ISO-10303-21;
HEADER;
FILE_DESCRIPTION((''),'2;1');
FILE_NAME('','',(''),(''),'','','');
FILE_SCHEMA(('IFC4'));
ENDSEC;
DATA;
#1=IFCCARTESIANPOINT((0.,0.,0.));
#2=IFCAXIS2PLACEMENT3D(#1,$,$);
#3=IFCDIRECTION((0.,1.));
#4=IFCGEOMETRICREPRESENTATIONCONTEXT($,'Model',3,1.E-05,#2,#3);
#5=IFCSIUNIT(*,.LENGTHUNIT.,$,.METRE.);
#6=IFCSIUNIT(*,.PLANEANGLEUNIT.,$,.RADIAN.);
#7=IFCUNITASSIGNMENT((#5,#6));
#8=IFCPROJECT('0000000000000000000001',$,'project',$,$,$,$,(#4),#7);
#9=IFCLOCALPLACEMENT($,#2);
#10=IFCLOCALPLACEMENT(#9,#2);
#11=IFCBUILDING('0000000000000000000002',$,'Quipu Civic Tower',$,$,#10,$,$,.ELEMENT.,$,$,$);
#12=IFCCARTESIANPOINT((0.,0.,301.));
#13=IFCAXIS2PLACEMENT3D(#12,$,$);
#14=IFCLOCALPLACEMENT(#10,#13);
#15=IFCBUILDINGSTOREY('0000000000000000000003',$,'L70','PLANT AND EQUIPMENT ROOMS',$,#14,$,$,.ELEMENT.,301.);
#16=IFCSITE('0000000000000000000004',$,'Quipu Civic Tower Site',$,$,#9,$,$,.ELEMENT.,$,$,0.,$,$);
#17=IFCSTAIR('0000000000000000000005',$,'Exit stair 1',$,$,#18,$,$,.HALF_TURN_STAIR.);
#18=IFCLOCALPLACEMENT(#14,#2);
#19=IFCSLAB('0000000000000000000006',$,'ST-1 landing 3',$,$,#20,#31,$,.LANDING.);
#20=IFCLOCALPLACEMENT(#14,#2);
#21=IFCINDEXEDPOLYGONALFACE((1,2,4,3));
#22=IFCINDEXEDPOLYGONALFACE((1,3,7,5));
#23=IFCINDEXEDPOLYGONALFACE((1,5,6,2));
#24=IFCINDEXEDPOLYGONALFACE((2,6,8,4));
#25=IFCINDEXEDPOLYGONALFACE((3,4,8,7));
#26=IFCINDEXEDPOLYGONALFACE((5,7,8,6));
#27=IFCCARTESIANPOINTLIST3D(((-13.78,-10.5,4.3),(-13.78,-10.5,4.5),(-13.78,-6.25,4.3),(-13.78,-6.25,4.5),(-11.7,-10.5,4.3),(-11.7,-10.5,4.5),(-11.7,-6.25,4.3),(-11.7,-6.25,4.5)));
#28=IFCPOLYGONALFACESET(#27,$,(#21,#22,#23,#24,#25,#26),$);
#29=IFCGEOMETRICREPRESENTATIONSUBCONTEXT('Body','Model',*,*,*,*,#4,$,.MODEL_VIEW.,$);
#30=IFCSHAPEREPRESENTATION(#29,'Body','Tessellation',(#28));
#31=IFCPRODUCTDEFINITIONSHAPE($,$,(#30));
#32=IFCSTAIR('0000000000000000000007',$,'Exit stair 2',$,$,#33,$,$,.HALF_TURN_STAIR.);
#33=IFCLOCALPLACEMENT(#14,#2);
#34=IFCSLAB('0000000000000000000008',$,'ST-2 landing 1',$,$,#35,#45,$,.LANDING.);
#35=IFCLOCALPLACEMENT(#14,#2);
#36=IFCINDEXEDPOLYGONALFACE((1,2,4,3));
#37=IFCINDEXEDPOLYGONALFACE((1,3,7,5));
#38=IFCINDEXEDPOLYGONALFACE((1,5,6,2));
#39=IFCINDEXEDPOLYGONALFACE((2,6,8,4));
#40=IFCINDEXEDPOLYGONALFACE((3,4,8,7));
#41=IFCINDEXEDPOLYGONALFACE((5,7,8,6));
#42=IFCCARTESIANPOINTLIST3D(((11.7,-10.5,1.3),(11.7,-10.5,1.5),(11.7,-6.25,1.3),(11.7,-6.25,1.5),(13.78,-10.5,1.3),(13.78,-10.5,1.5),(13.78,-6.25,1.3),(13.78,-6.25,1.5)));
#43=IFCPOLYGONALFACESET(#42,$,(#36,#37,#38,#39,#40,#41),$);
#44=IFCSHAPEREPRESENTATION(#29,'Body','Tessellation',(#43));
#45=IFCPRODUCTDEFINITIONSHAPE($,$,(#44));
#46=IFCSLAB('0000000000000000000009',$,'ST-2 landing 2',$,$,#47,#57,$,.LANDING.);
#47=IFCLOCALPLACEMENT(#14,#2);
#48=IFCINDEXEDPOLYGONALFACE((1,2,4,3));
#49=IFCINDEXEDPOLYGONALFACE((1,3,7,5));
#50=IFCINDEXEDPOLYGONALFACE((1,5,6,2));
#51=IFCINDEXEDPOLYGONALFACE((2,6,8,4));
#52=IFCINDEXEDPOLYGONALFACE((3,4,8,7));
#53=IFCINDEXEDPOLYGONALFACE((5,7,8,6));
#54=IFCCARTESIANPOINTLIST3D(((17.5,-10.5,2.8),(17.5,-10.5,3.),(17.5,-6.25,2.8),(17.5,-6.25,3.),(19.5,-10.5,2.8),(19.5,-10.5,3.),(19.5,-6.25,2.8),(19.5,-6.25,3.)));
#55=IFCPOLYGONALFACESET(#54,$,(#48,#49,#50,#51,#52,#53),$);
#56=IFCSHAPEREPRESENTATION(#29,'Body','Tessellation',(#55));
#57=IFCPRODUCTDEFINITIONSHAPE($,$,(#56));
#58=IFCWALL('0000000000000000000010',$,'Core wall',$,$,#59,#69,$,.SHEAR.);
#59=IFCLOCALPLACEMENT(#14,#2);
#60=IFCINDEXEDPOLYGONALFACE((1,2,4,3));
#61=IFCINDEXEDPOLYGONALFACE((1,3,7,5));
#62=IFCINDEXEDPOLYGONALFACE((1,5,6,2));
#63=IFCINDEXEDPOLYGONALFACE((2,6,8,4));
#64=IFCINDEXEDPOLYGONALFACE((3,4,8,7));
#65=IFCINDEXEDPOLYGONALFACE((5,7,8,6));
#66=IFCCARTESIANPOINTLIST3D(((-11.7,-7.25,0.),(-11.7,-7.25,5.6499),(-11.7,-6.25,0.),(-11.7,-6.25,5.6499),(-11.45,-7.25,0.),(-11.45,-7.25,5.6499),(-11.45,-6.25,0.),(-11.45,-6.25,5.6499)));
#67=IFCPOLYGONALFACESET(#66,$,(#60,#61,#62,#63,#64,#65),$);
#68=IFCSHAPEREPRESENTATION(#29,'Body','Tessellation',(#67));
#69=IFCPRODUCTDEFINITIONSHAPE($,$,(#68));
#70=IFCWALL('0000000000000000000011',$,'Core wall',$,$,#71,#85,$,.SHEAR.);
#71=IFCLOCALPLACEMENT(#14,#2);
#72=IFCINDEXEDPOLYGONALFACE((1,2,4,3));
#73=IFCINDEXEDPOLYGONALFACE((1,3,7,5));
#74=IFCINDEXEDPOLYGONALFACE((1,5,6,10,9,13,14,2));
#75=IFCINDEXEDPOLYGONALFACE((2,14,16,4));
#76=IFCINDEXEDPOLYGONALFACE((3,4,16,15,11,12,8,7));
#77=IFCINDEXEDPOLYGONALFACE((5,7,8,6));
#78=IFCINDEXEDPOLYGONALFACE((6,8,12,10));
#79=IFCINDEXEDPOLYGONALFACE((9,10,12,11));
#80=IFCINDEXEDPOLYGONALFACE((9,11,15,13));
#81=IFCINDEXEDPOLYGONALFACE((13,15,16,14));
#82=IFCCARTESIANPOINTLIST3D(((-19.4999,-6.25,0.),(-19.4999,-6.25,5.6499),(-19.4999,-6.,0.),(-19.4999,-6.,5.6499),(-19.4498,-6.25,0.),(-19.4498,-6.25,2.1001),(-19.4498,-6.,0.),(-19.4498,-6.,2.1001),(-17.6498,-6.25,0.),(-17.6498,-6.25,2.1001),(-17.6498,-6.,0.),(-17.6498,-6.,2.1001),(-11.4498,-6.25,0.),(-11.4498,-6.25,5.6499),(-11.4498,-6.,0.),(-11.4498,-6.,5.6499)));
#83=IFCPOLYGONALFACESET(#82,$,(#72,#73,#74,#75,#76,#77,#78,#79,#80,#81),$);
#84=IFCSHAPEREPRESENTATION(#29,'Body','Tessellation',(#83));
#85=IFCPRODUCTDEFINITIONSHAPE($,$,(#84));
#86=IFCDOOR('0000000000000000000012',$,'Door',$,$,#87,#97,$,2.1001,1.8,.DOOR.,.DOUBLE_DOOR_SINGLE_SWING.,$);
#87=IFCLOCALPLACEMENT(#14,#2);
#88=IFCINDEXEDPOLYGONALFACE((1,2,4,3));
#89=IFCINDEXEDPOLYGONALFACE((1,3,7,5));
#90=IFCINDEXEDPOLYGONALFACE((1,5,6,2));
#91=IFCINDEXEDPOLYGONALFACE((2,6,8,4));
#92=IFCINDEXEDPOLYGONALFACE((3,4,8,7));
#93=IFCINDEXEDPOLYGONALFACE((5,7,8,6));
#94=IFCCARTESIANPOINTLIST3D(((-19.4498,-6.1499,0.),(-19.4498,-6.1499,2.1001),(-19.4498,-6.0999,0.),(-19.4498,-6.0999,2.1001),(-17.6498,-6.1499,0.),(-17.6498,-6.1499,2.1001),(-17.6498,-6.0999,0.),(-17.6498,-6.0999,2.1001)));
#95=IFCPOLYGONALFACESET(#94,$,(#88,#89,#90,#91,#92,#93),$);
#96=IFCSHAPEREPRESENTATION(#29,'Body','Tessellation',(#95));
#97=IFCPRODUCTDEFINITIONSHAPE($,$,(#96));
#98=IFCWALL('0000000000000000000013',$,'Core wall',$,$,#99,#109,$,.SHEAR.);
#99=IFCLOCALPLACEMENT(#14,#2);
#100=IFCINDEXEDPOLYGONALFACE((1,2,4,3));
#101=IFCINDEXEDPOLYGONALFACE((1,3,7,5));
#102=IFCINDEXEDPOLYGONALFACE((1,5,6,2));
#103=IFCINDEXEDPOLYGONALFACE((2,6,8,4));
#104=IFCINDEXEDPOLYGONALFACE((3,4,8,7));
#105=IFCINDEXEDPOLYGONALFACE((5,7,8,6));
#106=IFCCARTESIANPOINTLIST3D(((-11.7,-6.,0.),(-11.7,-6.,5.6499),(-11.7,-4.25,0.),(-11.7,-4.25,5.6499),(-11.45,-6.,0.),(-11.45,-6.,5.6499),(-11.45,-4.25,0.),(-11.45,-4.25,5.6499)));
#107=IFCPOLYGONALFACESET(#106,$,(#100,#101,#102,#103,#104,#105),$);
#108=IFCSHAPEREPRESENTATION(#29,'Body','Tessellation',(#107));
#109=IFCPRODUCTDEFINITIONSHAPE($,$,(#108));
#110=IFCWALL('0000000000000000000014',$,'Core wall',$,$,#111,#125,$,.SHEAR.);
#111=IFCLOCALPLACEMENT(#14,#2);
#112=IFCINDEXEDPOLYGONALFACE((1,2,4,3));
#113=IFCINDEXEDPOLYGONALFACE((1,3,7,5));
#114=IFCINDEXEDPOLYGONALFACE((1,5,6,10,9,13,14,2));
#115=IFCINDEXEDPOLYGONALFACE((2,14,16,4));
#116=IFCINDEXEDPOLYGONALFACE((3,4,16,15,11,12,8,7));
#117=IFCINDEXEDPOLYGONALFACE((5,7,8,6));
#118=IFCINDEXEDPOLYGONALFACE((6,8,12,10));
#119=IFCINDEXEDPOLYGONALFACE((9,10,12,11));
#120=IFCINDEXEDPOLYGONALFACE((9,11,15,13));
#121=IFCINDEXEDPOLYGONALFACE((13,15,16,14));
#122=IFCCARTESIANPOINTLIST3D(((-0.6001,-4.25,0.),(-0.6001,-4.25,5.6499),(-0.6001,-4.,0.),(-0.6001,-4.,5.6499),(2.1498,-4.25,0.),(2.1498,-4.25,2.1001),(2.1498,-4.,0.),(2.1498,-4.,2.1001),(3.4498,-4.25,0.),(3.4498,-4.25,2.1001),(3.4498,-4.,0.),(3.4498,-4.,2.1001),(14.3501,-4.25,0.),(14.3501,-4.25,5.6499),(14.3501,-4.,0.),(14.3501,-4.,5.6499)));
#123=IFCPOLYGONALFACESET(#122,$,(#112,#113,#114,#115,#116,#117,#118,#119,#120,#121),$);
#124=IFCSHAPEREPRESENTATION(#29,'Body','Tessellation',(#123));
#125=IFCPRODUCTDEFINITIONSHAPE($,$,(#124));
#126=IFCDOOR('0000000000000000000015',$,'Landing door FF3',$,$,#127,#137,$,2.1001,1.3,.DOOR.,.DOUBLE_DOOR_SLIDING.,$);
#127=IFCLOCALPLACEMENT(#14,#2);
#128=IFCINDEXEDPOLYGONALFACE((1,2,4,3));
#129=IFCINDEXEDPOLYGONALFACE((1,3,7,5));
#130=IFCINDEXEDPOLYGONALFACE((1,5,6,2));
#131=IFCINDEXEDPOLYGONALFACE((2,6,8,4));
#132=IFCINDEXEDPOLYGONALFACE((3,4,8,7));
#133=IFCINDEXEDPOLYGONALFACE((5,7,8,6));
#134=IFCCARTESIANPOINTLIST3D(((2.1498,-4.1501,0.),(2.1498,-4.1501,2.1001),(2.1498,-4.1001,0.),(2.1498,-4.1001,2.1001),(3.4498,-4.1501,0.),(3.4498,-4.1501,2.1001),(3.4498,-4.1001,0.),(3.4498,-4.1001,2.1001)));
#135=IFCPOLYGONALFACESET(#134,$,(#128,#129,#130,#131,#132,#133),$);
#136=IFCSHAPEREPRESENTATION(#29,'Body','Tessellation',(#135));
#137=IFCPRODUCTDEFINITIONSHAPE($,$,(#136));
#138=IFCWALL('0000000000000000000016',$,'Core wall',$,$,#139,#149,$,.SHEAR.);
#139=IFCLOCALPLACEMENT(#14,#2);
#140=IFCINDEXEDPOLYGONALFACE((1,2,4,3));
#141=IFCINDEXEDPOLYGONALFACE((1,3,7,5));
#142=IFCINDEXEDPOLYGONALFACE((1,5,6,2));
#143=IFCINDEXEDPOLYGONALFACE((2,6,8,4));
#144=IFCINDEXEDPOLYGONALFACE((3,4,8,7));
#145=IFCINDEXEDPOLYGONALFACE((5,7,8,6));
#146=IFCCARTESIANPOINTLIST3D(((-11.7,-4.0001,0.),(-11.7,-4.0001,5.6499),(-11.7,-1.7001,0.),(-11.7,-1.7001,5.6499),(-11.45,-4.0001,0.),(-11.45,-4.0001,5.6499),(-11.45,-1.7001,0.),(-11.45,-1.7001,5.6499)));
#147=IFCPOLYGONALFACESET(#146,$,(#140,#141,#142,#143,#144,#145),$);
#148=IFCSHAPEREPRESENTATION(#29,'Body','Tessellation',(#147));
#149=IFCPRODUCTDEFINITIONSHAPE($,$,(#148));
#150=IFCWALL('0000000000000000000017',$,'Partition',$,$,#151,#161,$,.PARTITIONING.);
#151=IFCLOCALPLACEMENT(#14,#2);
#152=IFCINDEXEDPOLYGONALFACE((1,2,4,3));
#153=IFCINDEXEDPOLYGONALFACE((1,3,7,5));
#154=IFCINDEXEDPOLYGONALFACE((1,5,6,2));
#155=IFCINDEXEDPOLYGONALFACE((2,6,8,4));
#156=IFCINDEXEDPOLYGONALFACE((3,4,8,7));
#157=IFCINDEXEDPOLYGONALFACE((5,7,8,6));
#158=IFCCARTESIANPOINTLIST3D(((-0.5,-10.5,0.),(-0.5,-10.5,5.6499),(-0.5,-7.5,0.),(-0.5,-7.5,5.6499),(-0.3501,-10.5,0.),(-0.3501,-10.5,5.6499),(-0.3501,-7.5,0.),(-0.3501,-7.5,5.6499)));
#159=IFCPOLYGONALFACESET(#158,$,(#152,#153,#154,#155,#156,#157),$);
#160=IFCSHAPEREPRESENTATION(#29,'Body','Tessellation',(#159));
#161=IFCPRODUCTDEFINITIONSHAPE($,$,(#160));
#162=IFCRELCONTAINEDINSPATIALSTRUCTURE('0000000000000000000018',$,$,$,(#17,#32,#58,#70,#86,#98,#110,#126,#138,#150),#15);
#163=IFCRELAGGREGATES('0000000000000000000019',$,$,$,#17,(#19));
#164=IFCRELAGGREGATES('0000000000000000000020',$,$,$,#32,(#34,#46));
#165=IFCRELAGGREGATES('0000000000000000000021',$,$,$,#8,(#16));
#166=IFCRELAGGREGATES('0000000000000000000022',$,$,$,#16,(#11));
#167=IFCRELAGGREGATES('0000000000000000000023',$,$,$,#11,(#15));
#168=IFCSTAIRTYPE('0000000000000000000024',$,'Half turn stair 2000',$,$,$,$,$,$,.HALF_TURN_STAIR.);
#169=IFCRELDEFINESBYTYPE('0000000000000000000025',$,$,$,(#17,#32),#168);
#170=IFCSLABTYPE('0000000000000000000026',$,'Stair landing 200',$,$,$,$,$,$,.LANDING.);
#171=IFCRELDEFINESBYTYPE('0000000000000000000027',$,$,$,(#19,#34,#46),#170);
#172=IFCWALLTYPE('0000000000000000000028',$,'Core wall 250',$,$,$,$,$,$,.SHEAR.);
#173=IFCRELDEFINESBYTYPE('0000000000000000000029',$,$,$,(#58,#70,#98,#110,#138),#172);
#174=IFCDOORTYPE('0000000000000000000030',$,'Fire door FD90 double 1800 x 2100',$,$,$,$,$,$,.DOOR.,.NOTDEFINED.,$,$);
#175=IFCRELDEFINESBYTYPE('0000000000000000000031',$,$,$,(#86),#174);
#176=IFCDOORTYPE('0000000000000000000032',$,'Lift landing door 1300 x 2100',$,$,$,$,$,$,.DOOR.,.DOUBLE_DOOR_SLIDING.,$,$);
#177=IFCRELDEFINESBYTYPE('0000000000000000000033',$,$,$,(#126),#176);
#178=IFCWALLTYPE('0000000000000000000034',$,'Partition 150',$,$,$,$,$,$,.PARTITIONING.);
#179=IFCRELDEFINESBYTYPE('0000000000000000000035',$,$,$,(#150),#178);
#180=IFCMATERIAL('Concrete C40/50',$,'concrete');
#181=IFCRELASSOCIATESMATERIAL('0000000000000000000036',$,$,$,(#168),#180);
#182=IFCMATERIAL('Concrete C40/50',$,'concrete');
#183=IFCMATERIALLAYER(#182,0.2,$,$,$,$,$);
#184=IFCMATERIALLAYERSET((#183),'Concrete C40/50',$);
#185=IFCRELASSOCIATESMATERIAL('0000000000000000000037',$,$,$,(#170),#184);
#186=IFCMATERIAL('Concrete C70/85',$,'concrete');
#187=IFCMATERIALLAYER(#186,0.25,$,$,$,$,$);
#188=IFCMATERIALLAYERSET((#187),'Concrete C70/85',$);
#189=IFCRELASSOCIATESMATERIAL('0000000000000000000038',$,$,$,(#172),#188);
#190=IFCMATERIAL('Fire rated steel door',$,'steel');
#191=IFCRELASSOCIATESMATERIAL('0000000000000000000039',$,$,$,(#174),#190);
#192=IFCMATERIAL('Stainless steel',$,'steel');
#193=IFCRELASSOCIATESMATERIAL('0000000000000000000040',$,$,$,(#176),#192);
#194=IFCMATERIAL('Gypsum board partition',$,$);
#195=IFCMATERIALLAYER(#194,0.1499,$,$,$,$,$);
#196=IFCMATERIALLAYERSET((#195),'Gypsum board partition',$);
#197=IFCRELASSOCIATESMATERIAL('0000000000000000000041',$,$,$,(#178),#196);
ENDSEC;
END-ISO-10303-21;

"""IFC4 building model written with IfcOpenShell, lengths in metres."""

from ifc_helpers import new_model, si_unit, direction, frame, frame_2d, origin, place, context, subcontext, project, spatial, polyline, rectangle, outline, extrude, material, layer, layer_set, type_object, element, fill, aggregate, save


model = new_model("IFC4")

# Units and contexts
model_context = context("Model", 3, precision=1e-05, world=origin(), true_north=direction((0.0, 1.0)))
body_context = subcontext(model_context, "Body", "Model", "MODEL_VIEW")
ifc_project = project(units=[si_unit("LENGTHUNIT", "METRE"), si_unit("PLANEANGLEUNIT", "RADIAN")], contexts=[model_context])

# Site, building, storey
site_placement = place(None, origin())
site = spatial("IfcSite", under=ifc_project, at=site_placement, Name="Quipu Civic Tower Site", CompositionType="ELEMENT", RefElevation=0.0)
building_placement = place(site_placement, origin())
building = spatial("IfcBuilding", under=site, at=building_placement, Name="Quipu Civic Tower", CompositionType="ELEMENT")
storey_placement = place(building_placement, frame((0.0, 0.0, 301.0)))
storey = spatial("IfcBuildingStorey", under=building, at=storey_placement, Name="L70", Description="PLANT AND EQUIPMENT ROOMS", CompositionType="ELEMENT", Elevation=301.0)

# Stairs, slabs
ifc_material_1 = material(Name="Concrete C40/50", Category="concrete")
stair_type = type_object("IfcStairType", Name="Half turn stair 2000", PredefinedType="HALF_TURN_STAIR", material=ifc_material_1)
stair_1_placement = place(storey_placement, origin())
stair_1 = element("IfcStair", 1, at=stair_1_placement, inside=storey, type_object=stair_type, Name="Exit stair 1", PredefinedType="HALF_TURN_STAIR")
ifc_material_2 = material(Name="Concrete C40/50", Category="concrete")
ifc_layer_1 = layer(ifc_material_2, 0.2)
ifc_layer_set_1 = layer_set([ifc_layer_1], Name="Concrete C40/50")
slab_type_1 = type_object("IfcSlabType", Name="Stair landing 200", PredefinedType="LANDING", material=ifc_layer_set_1)
slab_1_placement = place(storey_placement, frame((0.0, 0.0, 4.3)))
slab_1 = element("IfcSlab", 2, at=slab_1_placement, type_object=slab_type_1, Name="ST-1 landing 3", PredefinedType="LANDING", context=body_context, shape_type="SweptSolid", body=[
    extrude(outline(polyline([(-13.78, -10.5), (-11.7, -10.5), (-11.7, -6.25), (-13.78, -6.25), (-13.78, -10.5)])), origin(), (0.0, 0.0, 1.0), 0.2),
])
aggregate(stair_1, [slab_1])
stair_2_placement = place(storey_placement, origin())
stair_2 = element("IfcStair", 3, at=stair_2_placement, inside=storey, type_object=stair_type, Name="Exit stair 2", PredefinedType="HALF_TURN_STAIR")
slab_2_placement = place(storey_placement, frame((0.0, 0.0, 1.3)))
slab_2 = element("IfcSlab", 4, at=slab_2_placement, type_object=slab_type_1, Name="ST-2 landing 1", PredefinedType="LANDING", context=body_context, shape_type="SweptSolid", body=[
    extrude(outline(polyline([(13.78, -6.25), (11.7, -6.25), (11.7, -10.5), (13.78, -10.5), (13.78, -6.25)])), origin(), (0.0, 0.0, 1.0), 0.2),
])
slab_3_placement = place(storey_placement, frame((0.0, 0.0, 2.8)))
slab_3 = element("IfcSlab", 5, at=slab_3_placement, type_object=slab_type_1, Name="ST-2 landing 2", PredefinedType="LANDING", context=body_context, shape_type="SweptSolid", body=[
    extrude(outline(polyline([(19.5, -6.25), (17.5, -6.25), (17.5, -10.5), (19.5, -10.5), (19.5, -6.25)])), origin(), (0.0, 0.0, 1.0), 0.2),
])
aggregate(stair_2, [slab_2, slab_3])

# Wall
ifc_material_3 = material(Name="Concrete C70/85", Category="concrete")
ifc_layer_2 = layer(ifc_material_3, 0.25)
ifc_layer_set_2 = layer_set([ifc_layer_2], Name="Concrete C70/85")
wall_type_1 = type_object("IfcWallType", Name="Core wall 250", PredefinedType="SHEAR", material=ifc_layer_set_2)
wall_1_placement = place(storey_placement, frame((-11.575, -7.25, 0.0), z_axis=(0.0, 0.0, 1.0), x_axis=(0.0, 1.0, 0.0)))
element("IfcWall", 6, at=wall_1_placement, inside=storey, type_object=wall_type_1, Name="Core wall", PredefinedType="SHEAR", context=body_context, shape_type="SweptSolid", body=[
    extrude(rectangle(XDim=1.0, YDim=0.25, at=frame_2d((0.5, 0.0))), origin(), (0.0, 0.0, 1.0), 5.6499),
])

# Wall, opening, door
wall_2_placement = place(storey_placement, frame((-11.45, -6.125, 0.0), z_axis=(0.0, 0.0, 1.0), x_axis=(-1.0, 0.0, 0.0)))
wall_2 = element("IfcWall", 7, at=wall_2_placement, inside=storey, type_object=wall_type_1, Name="Core wall", PredefinedType="SHEAR", context=body_context, shape_type="SweptSolid", body=[
    extrude(rectangle(XDim=8.05, YDim=0.25, at=frame_2d((4.0249, 0.0))), origin(), (0.0, 0.0, 1.0), 5.6499),
])
opening_1_placement = place(wall_2_placement, frame((6.2, 0.0, 0.0)))
opening_1 = element("IfcOpeningElement", 8, at=opening_1_placement, cuts=wall_2, PredefinedType="OPENING", context=body_context, shape_type="SweptSolid", body=[
    extrude(rectangle(XDim=1.8, YDim=2.1001, at=frame_2d((0.8999, 1.05))), frame((0.0, 0.135, 0.0), z_axis=(0.0, -1.0, 0.0), x_axis=(1.0, 0.0, 0.0)), (0.0, 0.0, 1.0), 0.27),
])
ifc_material_4 = material(Name="Fire rated steel door", Category="steel")
door_type_1 = type_object("IfcDoorType", Name="Fire door FD90 double 1800 x 2100", OperationType="NOTDEFINED", PredefinedType="DOOR", material=ifc_material_4)
door_1_placement = place(opening_1_placement, origin())
door_1 = element("IfcDoor", 9, at=door_1_placement, inside=storey, type_object=door_type_1, Name="Door", OperationType="DOUBLE_DOOR_SINGLE_SWING", OverallHeight=2.1001, OverallWidth=1.8, PredefinedType="DOOR", context=body_context, shape_type="SweptSolid", body=[
    extrude(rectangle(XDim=1.8, YDim=2.1001, at=frame_2d((0.8999, 1.05))), frame((0.0, 0.0249, 0.0), z_axis=(0.0, -1.0, 0.0), x_axis=(1.0, 0.0, 0.0)), (0.0, 0.0, 1.0), 0.05),
])
fill(opening_1, door_1)

# Wall
wall_3_placement = place(storey_placement, frame((-11.575, -6.0, 0.0), z_axis=(0.0, 0.0, 1.0), x_axis=(0.0, 1.0, 0.0)))
element("IfcWall", 10, at=wall_3_placement, inside=storey, type_object=wall_type_1, Name="Core wall", PredefinedType="SHEAR", context=body_context, shape_type="SweptSolid", body=[
    extrude(rectangle(XDim=1.75, YDim=0.25, at=frame_2d((0.875, 0.0))), origin(), (0.0, 0.0, 1.0), 5.6499),
])

# Wall, opening, door
wall_4_placement = place(storey_placement, frame((-0.6001, -4.125, 0.0), z_axis=(0.0, 0.0, 1.0), x_axis=(1.0, 0.0, 0.0)))
wall_4 = element("IfcWall", 11, at=wall_4_placement, inside=storey, type_object=wall_type_1, Name="Core wall", PredefinedType="SHEAR", context=body_context, shape_type="SweptSolid", body=[
    extrude(rectangle(XDim=14.9502, YDim=0.25, at=frame_2d((7.4751, 0.0))), origin(), (0.0, 0.0, 1.0), 5.6499),
])
opening_2_placement = place(wall_4_placement, frame((2.75, 0.0, 0.0)))
opening_2 = element("IfcOpeningElement", 12, at=opening_2_placement, cuts=wall_4, PredefinedType="OPENING", context=body_context, shape_type="SweptSolid", body=[
    extrude(rectangle(XDim=1.3, YDim=2.1001, at=frame_2d((0.6499, 1.05))), frame((0.0, 0.135, 0.0), z_axis=(0.0, -1.0, 0.0), x_axis=(1.0, 0.0, 0.0)), (0.0, 0.0, 1.0), 0.27),
])
ifc_material_5 = material(Name="Stainless steel", Category="steel")
door_type_2 = type_object("IfcDoorType", Name="Lift landing door 1300 x 2100", OperationType="DOUBLE_DOOR_SLIDING", PredefinedType="DOOR", material=ifc_material_5)
door_2_placement = place(opening_2_placement, origin())
door_2 = element("IfcDoor", 13, at=door_2_placement, inside=storey, type_object=door_type_2, Name="Landing door FF3", OperationType="DOUBLE_DOOR_SLIDING", OverallHeight=2.1001, OverallWidth=1.3, PredefinedType="DOOR", context=body_context, shape_type="SweptSolid", body=[
    extrude(rectangle(XDim=1.3, YDim=2.1001, at=frame_2d((0.6499, 1.05))), frame((0.0, 0.0249, 0.0), z_axis=(0.0, -1.0, 0.0), x_axis=(1.0, 0.0, 0.0)), (0.0, 0.0, 1.0), 0.05),
])
fill(opening_2, door_2)

# Walls
wall_5_placement = place(storey_placement, frame((-11.575, -4.0, 0.0), z_axis=(0.0, 0.0, 1.0), x_axis=(0.0, 1.0, 0.0)))
element("IfcWall", 14, at=wall_5_placement, inside=storey, type_object=wall_type_1, Name="Core wall", PredefinedType="SHEAR", context=body_context, shape_type="SweptSolid", body=[
    extrude(rectangle(XDim=2.3, YDim=0.25, at=frame_2d((1.1499, 0.0))), origin(), (0.0, 0.0, 1.0), 5.6499),
])
ifc_material_6 = material(Name="Gypsum board partition")
ifc_layer_3 = layer(ifc_material_6, 0.1499)
ifc_layer_set_3 = layer_set([ifc_layer_3], Name="Gypsum board partition")
wall_type_2 = type_object("IfcWallType", Name="Partition 150", PredefinedType="PARTITIONING", material=ifc_layer_set_3)
wall_6_placement = place(storey_placement, frame((-0.425, -10.5, 0.0), z_axis=(0.0, 0.0, 1.0), x_axis=(0.0, 1.0, 0.0)))
element("IfcWall", 15, at=wall_6_placement, inside=storey, type_object=wall_type_2, Name="Partition", PredefinedType="PARTITIONING", context=body_context, shape_type="SweptSolid", body=[
    extrude(rectangle(XDim=3.0, YDim=0.1499, at=frame_2d((1.5, 0.0))), origin(), (0.0, 0.0, 1.0), 5.6499),
])

save(model, "model.ifc")
